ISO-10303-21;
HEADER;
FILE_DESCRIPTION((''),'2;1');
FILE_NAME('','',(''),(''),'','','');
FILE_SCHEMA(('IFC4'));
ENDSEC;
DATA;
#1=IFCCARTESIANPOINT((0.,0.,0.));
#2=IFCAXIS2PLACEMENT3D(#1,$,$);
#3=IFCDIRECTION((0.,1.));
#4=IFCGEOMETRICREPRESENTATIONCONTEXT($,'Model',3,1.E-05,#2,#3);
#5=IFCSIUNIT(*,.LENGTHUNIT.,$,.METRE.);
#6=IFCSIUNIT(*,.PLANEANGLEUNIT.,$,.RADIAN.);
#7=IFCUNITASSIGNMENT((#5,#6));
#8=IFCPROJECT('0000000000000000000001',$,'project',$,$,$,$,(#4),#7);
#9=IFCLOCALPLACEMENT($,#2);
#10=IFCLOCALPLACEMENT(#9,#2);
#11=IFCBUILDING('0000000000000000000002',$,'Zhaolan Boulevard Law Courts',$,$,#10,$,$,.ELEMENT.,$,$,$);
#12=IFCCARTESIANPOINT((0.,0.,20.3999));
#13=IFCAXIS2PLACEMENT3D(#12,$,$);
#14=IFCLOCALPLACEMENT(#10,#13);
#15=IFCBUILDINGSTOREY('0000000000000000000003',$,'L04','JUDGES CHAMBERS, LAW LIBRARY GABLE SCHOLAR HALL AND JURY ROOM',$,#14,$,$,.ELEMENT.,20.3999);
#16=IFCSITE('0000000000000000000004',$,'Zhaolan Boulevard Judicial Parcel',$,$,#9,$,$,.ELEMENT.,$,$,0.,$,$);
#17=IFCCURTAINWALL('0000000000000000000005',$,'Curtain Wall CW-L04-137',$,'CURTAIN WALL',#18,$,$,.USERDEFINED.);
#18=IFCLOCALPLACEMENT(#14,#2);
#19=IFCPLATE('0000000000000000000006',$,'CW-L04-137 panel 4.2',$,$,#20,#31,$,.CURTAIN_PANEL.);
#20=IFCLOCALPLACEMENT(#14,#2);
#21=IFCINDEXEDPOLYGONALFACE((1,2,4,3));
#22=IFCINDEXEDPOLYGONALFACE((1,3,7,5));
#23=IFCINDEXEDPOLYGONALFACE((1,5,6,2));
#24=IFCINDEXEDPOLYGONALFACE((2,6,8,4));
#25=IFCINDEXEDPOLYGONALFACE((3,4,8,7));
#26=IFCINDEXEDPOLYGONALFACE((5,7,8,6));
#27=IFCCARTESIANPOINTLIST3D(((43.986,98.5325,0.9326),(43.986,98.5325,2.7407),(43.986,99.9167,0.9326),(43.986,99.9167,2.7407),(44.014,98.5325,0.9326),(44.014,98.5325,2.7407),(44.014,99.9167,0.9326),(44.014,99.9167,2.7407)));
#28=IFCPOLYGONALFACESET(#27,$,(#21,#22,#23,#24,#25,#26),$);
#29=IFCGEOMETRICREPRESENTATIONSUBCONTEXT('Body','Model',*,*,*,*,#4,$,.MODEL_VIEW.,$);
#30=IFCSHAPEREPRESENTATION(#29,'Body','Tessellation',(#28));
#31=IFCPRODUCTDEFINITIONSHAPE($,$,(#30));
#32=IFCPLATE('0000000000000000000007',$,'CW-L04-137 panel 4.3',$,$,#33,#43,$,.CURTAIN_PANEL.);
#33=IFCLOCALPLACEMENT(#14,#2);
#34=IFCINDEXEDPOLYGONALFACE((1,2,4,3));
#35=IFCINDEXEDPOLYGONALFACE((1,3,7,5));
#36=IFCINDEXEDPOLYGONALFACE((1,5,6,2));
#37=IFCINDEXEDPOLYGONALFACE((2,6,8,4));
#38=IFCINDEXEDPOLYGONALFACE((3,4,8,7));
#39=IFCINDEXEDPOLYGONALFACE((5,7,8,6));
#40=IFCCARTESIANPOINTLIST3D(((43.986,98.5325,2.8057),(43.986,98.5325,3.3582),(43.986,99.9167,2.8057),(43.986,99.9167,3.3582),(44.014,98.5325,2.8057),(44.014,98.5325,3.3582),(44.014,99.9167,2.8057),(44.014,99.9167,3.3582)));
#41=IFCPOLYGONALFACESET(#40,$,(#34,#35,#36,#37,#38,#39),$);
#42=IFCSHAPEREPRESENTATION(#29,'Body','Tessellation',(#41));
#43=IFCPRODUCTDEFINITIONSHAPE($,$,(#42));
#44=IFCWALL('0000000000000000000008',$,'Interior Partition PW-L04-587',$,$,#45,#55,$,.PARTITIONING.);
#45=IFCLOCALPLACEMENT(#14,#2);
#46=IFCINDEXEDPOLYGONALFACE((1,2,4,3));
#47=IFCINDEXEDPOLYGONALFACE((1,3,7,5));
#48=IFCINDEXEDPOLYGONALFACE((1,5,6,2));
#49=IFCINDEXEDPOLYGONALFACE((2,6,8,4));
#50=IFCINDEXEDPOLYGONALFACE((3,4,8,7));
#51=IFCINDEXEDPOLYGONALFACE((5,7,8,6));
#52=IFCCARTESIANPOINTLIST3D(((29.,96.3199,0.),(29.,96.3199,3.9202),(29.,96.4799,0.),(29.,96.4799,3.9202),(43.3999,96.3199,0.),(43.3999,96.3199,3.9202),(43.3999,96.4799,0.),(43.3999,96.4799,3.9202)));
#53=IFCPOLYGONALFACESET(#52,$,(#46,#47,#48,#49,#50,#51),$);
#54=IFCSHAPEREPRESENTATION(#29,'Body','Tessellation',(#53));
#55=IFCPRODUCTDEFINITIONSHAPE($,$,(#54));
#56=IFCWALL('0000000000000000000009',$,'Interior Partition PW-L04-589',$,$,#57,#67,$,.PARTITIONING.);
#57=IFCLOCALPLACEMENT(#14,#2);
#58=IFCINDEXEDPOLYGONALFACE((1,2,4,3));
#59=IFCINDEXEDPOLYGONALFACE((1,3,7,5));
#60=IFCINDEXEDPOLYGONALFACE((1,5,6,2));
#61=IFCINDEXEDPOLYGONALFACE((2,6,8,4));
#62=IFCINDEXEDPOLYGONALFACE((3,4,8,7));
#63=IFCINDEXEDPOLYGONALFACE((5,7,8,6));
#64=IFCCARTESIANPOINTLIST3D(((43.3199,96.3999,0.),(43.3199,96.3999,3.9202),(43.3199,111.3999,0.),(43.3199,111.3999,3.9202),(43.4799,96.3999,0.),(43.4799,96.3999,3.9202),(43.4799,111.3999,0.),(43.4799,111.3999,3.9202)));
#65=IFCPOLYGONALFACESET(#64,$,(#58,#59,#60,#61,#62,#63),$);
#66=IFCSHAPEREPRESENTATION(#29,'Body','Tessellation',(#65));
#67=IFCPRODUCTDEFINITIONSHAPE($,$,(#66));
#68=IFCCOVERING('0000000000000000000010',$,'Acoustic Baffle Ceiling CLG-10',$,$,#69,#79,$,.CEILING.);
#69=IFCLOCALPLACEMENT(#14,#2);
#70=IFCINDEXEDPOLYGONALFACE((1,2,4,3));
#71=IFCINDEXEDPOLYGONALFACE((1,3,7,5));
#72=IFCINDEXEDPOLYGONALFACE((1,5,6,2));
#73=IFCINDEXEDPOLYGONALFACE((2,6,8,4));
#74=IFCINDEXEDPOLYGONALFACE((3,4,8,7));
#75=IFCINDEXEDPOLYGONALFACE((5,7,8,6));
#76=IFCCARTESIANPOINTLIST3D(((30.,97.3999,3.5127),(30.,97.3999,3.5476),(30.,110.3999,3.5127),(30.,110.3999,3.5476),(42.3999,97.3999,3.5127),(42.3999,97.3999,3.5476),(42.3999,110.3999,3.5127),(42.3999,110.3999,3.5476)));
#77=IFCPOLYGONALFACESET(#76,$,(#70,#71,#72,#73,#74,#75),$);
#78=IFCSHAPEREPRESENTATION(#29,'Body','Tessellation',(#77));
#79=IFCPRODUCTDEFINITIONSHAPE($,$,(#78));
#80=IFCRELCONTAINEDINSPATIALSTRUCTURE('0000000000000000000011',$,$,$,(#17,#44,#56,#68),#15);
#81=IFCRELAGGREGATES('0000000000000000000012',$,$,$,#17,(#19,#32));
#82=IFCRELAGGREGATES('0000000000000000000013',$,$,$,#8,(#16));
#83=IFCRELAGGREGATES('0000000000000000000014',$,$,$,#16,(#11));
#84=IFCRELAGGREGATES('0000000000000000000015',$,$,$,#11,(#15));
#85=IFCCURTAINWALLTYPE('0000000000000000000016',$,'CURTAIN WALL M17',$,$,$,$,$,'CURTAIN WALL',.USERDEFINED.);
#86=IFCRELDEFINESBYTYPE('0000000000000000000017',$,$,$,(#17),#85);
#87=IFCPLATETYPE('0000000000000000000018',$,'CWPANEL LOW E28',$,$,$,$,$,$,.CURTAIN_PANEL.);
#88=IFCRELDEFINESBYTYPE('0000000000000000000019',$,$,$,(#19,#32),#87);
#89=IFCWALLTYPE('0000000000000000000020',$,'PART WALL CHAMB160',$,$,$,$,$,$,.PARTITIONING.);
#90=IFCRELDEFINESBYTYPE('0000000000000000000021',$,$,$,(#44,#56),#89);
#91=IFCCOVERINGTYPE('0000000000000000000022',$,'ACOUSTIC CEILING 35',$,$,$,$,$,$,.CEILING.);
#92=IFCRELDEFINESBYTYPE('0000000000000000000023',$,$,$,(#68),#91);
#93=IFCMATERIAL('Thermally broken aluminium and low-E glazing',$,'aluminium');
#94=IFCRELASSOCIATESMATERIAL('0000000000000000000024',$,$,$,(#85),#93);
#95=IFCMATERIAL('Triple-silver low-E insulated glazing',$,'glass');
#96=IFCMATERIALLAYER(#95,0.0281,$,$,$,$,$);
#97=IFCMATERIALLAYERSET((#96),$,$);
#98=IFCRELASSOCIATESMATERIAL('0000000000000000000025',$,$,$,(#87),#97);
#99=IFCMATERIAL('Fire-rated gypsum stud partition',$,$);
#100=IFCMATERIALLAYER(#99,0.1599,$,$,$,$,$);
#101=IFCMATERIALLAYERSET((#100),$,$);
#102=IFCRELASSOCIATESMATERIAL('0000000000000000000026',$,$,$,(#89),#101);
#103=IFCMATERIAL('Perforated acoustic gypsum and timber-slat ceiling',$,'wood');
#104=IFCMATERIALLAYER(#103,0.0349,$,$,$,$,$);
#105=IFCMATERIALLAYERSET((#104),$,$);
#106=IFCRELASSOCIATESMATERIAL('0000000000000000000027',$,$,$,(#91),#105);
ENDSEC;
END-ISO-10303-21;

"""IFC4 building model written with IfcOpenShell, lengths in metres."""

from ifc_helpers import new_model, si_unit, direction, frame, frame_2d, origin, origin_2d, place, context, subcontext, project, spatial, rectangle, extrude, material, layer, layer_set, type_object, element, aggregate, save


model = new_model("IFC4")

# Units and contexts
model_context = context("Model", 3, precision=1e-05, world=origin(), true_north=direction((0.0, 1.0)))
body_context = subcontext(model_context, "Body", "Model", "MODEL_VIEW")
ifc_project = project(units=[si_unit("LENGTHUNIT", "METRE"), si_unit("PLANEANGLEUNIT", "RADIAN")], contexts=[model_context])

# Site, building, storey
site_placement = place(None, origin())
site = spatial("IfcSite", under=ifc_project, at=site_placement, Name="Zhaolan Boulevard Judicial Parcel", CompositionType="ELEMENT", RefElevation=0.0)
building_placement = place(site_placement, origin())
building = spatial("IfcBuilding", under=site, at=building_placement, Name="Zhaolan Boulevard Law Courts", CompositionType="ELEMENT")
storey_placement = place(building_placement, frame((0.0, 0.0, 20.3999)))
storey = spatial("IfcBuildingStorey", under=building, at=storey_placement, Name="L04", Description="JUDGES CHAMBERS, LAW LIBRARY GABLE SCHOLAR HALL AND JURY ROOM", CompositionType="ELEMENT", Elevation=20.3999)

# Curtain wall
ifc_material_1 = material(Name="Thermally broken aluminium and low-E glazing", Category="aluminium")
curtain_wall_type = type_object("IfcCurtainWallType", Name="CURTAIN WALL M17", ElementType="CURTAIN WALL", PredefinedType="USERDEFINED", material=ifc_material_1)
curtain_wall_placement = place(storey_placement, origin())
curtain_wall = element("IfcCurtainWall", 1, at=curtain_wall_placement, inside=storey, type_object=curtain_wall_type, Name="Curtain Wall CW-L04-137", ObjectType="CURTAIN WALL", PredefinedType="USERDEFINED")

# Plates
ifc_material_2 = material(Name="Triple-silver low-E insulated glazing", Category="glass")
ifc_layer_1 = layer(ifc_material_2, 0.0281)
ifc_layer_set_1 = layer_set([ifc_layer_1])
plate_type = type_object("IfcPlateType", Name="CWPANEL LOW E28", PredefinedType="CURTAIN_PANEL", material=ifc_layer_set_1)
plate_1_placement = place(storey_placement, frame((44.0, 99.2246, 0.9326), z_axis=(0.0, 0.0, 1.0), x_axis=(0.0, 1.0, 0.0)))
plate_1 = element("IfcPlate", 2, at=plate_1_placement, type_object=plate_type, Name="CW-L04-137 panel 4.2", PredefinedType="CURTAIN_PANEL", context=body_context, shape_type="SweptSolid", body=[
    extrude(rectangle(XDim=1.3843, YDim=0.0281, at=origin_2d()), origin(), (0.0, 0.0, 1.0), 1.8081),
])
plate_2_placement = place(storey_placement, frame((44.0, 99.2246, 2.8057), z_axis=(0.0, 0.0, 1.0), x_axis=(0.0, 1.0, 0.0)))
plate_2 = element("IfcPlate", 3, at=plate_2_placement, type_object=plate_type, Name="CW-L04-137 panel 4.3", PredefinedType="CURTAIN_PANEL", context=body_context, shape_type="SweptSolid", body=[
    extrude(rectangle(XDim=1.3843, YDim=0.0281, at=origin_2d()), origin(), (0.0, 0.0, 1.0), 0.5525),
])
aggregate(curtain_wall, [plate_1, plate_2])

# Walls
ifc_material_3 = material(Name="Fire-rated gypsum stud partition")
ifc_layer_2 = layer(ifc_material_3, 0.1599)
ifc_layer_set_2 = layer_set([ifc_layer_2])
wall_type = type_object("IfcWallType", Name="PART WALL CHAMB160", PredefinedType="PARTITIONING", material=ifc_layer_set_2)
wall_1_placement = place(storey_placement, frame((29.0, 96.3999, 0.0), z_axis=(0.0, 0.0, 1.0), x_axis=(1.0, 0.0, 0.0)))
element("IfcWall", 4, at=wall_1_placement, inside=storey, type_object=wall_type, Name="Interior Partition PW-L04-587", PredefinedType="PARTITIONING", context=body_context, shape_type="SweptSolid", body=[
    extrude(rectangle(XDim=14.3999, YDim=0.1599, at=frame_2d((7.2, 0.0))), origin(), (0.0, 0.0, 1.0), 3.9202),
])
wall_2_placement = place(storey_placement, frame((43.3999, 96.3999, 0.0), z_axis=(0.0, 0.0, 1.0), x_axis=(0.0, 1.0, 0.0)))
element("IfcWall", 5, at=wall_2_placement, inside=storey, type_object=wall_type, Name="Interior Partition PW-L04-589", PredefinedType="PARTITIONING", context=body_context, shape_type="SweptSolid", body=[
    extrude(rectangle(XDim=15.0, YDim=0.1599, at=frame_2d((7.5, 0.0))), origin(), (0.0, 0.0, 1.0), 3.9202),
])

# Covering
ifc_material_4 = material(Name="Perforated acoustic gypsum and timber-slat ceiling", Category="wood")
ifc_layer_3 = layer(ifc_material_4, 0.0349)
ifc_layer_set_3 = layer_set([ifc_layer_3])
covering_type = type_object("IfcCoveringType", Name="ACOUSTIC CEILING 35", PredefinedType="CEILING", material=ifc_layer_set_3)
covering_placement = place(storey_placement, frame((36.2, 103.8999, 3.5127), z_axis=(0.0, 0.0, 1.0), x_axis=(1.0, 0.0, 0.0)))
element("IfcCovering", 6, at=covering_placement, inside=storey, type_object=covering_type, Name="Acoustic Baffle Ceiling CLG-10", PredefinedType="CEILING", context=body_context, shape_type="SweptSolid", body=[
    extrude(rectangle(XDim=12.3999, YDim=13.0, at=origin_2d()), origin(), (0.0, 0.0, 1.0), 0.0349),
])

save(model, "model.ifc")
